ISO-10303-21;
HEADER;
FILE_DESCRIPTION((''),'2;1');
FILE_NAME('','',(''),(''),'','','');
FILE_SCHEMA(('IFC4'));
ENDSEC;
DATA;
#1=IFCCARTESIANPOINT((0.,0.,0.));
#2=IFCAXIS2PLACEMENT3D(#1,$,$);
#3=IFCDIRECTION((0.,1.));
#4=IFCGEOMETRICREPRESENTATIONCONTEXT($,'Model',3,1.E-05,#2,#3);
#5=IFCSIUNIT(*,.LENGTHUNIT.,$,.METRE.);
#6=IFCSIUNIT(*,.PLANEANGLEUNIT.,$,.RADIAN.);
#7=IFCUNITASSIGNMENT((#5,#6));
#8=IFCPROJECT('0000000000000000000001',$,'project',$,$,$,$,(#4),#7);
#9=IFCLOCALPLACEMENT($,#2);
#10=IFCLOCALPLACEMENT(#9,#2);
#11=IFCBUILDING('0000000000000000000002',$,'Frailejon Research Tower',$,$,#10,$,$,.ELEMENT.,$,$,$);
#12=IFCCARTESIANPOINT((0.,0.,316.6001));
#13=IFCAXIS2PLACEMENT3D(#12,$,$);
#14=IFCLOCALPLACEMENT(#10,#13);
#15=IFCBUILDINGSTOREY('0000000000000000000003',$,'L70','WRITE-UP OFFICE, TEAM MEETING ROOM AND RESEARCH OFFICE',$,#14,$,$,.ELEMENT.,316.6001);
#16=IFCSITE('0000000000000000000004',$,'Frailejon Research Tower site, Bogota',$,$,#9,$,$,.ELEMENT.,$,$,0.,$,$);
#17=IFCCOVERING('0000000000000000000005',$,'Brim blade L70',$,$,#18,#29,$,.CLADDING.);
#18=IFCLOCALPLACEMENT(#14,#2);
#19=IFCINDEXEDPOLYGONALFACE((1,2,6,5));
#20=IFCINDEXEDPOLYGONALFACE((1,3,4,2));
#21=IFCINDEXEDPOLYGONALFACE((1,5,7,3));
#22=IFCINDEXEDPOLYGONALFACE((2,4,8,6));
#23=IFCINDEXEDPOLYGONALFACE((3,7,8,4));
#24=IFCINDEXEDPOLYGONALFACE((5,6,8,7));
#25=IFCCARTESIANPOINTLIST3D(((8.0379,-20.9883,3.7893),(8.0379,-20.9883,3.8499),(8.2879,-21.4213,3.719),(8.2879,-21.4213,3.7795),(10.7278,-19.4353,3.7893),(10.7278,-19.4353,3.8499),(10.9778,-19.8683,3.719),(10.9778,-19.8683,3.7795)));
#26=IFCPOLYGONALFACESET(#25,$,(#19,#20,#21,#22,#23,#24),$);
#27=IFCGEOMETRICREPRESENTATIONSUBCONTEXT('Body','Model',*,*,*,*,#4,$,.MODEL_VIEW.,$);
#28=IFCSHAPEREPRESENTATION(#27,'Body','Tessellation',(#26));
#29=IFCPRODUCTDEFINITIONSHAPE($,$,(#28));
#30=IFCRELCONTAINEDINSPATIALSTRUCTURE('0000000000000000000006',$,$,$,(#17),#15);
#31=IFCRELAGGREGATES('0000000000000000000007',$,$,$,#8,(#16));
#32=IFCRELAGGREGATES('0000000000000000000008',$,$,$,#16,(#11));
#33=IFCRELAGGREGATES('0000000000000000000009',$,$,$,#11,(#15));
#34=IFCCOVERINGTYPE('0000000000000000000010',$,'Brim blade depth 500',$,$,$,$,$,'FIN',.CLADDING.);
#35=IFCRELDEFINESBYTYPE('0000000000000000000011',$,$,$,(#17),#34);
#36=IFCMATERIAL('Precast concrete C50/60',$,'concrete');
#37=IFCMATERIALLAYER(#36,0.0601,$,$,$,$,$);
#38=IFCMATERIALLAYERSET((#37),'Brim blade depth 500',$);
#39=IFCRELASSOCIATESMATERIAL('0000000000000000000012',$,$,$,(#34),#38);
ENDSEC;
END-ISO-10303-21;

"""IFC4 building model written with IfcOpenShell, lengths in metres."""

from ifc_helpers import new_model, si_unit, direction, frame, origin, place, context, subcontext, project, spatial, polyline, outline, extrude, material, layer, layer_set, type_object, element, save


model = new_model("IFC4")

# Units and contexts
model_context = context("Model", 3, precision=1e-05, world=origin(), true_north=direction((0.0, 1.0)))
body_context = subcontext(model_context, "Body", "Model", "MODEL_VIEW")
ifc_project = project(units=[si_unit("LENGTHUNIT", "METRE"), si_unit("PLANEANGLEUNIT", "RADIAN")], contexts=[model_context])

# Site, building, storey
site_placement = place(None, origin())
site = spatial("IfcSite", under=ifc_project, at=site_placement, Name="Frailejon Research Tower site, Bogota", CompositionType="ELEMENT", RefElevation=0.0)
building_placement = place(site_placement, origin())
building = spatial("IfcBuilding", under=site, at=building_placement, Name="Frailejon Research Tower", CompositionType="ELEMENT")
storey_placement = place(building_placement, frame((0.0, 0.0, 316.6001)))
storey = spatial("IfcBuildingStorey", under=building, at=storey_placement, Name="L70", Description="WRITE-UP OFFICE, TEAM MEETING ROOM AND RESEARCH OFFICE", CompositionType="ELEMENT", Elevation=316.6001)

# Covering
ifc_material_1 = material(Name="Precast concrete C50/60", Category="concrete")
ifc_layer_1 = layer(ifc_material_1, 0.0601)
ifc_layer_set_1 = layer_set([ifc_layer_1], Name="Brim blade depth 500")
covering_type_1 = type_object("IfcCoveringType", Name="Brim blade depth 500", ElementType="FIN", PredefinedType="CLADDING", material=ifc_layer_set_1)
covering_placement = place(storey_placement, frame((10.7278, -19.4353, 3.8499), z_axis=(-0.866027, -0.499997, 0.0), x_axis=(0.499997, -0.866027, 0.0)))
element("IfcCovering", 1, at=covering_placement, inside=storey, type_object=covering_type_1, Name="Brim blade L70", PredefinedType="CLADDING", context=body_context, shape_type="SweptSolid", body=[
    extrude(outline(polyline([(0.0, -0.0605), (0.5, -0.1309), (0.5, -0.0703), (0.0, 0.0), (0.0, -0.0605)])), origin(), (0.0, 0.0, 1.0), 3.106),
])

save(model, "model.ifc")
